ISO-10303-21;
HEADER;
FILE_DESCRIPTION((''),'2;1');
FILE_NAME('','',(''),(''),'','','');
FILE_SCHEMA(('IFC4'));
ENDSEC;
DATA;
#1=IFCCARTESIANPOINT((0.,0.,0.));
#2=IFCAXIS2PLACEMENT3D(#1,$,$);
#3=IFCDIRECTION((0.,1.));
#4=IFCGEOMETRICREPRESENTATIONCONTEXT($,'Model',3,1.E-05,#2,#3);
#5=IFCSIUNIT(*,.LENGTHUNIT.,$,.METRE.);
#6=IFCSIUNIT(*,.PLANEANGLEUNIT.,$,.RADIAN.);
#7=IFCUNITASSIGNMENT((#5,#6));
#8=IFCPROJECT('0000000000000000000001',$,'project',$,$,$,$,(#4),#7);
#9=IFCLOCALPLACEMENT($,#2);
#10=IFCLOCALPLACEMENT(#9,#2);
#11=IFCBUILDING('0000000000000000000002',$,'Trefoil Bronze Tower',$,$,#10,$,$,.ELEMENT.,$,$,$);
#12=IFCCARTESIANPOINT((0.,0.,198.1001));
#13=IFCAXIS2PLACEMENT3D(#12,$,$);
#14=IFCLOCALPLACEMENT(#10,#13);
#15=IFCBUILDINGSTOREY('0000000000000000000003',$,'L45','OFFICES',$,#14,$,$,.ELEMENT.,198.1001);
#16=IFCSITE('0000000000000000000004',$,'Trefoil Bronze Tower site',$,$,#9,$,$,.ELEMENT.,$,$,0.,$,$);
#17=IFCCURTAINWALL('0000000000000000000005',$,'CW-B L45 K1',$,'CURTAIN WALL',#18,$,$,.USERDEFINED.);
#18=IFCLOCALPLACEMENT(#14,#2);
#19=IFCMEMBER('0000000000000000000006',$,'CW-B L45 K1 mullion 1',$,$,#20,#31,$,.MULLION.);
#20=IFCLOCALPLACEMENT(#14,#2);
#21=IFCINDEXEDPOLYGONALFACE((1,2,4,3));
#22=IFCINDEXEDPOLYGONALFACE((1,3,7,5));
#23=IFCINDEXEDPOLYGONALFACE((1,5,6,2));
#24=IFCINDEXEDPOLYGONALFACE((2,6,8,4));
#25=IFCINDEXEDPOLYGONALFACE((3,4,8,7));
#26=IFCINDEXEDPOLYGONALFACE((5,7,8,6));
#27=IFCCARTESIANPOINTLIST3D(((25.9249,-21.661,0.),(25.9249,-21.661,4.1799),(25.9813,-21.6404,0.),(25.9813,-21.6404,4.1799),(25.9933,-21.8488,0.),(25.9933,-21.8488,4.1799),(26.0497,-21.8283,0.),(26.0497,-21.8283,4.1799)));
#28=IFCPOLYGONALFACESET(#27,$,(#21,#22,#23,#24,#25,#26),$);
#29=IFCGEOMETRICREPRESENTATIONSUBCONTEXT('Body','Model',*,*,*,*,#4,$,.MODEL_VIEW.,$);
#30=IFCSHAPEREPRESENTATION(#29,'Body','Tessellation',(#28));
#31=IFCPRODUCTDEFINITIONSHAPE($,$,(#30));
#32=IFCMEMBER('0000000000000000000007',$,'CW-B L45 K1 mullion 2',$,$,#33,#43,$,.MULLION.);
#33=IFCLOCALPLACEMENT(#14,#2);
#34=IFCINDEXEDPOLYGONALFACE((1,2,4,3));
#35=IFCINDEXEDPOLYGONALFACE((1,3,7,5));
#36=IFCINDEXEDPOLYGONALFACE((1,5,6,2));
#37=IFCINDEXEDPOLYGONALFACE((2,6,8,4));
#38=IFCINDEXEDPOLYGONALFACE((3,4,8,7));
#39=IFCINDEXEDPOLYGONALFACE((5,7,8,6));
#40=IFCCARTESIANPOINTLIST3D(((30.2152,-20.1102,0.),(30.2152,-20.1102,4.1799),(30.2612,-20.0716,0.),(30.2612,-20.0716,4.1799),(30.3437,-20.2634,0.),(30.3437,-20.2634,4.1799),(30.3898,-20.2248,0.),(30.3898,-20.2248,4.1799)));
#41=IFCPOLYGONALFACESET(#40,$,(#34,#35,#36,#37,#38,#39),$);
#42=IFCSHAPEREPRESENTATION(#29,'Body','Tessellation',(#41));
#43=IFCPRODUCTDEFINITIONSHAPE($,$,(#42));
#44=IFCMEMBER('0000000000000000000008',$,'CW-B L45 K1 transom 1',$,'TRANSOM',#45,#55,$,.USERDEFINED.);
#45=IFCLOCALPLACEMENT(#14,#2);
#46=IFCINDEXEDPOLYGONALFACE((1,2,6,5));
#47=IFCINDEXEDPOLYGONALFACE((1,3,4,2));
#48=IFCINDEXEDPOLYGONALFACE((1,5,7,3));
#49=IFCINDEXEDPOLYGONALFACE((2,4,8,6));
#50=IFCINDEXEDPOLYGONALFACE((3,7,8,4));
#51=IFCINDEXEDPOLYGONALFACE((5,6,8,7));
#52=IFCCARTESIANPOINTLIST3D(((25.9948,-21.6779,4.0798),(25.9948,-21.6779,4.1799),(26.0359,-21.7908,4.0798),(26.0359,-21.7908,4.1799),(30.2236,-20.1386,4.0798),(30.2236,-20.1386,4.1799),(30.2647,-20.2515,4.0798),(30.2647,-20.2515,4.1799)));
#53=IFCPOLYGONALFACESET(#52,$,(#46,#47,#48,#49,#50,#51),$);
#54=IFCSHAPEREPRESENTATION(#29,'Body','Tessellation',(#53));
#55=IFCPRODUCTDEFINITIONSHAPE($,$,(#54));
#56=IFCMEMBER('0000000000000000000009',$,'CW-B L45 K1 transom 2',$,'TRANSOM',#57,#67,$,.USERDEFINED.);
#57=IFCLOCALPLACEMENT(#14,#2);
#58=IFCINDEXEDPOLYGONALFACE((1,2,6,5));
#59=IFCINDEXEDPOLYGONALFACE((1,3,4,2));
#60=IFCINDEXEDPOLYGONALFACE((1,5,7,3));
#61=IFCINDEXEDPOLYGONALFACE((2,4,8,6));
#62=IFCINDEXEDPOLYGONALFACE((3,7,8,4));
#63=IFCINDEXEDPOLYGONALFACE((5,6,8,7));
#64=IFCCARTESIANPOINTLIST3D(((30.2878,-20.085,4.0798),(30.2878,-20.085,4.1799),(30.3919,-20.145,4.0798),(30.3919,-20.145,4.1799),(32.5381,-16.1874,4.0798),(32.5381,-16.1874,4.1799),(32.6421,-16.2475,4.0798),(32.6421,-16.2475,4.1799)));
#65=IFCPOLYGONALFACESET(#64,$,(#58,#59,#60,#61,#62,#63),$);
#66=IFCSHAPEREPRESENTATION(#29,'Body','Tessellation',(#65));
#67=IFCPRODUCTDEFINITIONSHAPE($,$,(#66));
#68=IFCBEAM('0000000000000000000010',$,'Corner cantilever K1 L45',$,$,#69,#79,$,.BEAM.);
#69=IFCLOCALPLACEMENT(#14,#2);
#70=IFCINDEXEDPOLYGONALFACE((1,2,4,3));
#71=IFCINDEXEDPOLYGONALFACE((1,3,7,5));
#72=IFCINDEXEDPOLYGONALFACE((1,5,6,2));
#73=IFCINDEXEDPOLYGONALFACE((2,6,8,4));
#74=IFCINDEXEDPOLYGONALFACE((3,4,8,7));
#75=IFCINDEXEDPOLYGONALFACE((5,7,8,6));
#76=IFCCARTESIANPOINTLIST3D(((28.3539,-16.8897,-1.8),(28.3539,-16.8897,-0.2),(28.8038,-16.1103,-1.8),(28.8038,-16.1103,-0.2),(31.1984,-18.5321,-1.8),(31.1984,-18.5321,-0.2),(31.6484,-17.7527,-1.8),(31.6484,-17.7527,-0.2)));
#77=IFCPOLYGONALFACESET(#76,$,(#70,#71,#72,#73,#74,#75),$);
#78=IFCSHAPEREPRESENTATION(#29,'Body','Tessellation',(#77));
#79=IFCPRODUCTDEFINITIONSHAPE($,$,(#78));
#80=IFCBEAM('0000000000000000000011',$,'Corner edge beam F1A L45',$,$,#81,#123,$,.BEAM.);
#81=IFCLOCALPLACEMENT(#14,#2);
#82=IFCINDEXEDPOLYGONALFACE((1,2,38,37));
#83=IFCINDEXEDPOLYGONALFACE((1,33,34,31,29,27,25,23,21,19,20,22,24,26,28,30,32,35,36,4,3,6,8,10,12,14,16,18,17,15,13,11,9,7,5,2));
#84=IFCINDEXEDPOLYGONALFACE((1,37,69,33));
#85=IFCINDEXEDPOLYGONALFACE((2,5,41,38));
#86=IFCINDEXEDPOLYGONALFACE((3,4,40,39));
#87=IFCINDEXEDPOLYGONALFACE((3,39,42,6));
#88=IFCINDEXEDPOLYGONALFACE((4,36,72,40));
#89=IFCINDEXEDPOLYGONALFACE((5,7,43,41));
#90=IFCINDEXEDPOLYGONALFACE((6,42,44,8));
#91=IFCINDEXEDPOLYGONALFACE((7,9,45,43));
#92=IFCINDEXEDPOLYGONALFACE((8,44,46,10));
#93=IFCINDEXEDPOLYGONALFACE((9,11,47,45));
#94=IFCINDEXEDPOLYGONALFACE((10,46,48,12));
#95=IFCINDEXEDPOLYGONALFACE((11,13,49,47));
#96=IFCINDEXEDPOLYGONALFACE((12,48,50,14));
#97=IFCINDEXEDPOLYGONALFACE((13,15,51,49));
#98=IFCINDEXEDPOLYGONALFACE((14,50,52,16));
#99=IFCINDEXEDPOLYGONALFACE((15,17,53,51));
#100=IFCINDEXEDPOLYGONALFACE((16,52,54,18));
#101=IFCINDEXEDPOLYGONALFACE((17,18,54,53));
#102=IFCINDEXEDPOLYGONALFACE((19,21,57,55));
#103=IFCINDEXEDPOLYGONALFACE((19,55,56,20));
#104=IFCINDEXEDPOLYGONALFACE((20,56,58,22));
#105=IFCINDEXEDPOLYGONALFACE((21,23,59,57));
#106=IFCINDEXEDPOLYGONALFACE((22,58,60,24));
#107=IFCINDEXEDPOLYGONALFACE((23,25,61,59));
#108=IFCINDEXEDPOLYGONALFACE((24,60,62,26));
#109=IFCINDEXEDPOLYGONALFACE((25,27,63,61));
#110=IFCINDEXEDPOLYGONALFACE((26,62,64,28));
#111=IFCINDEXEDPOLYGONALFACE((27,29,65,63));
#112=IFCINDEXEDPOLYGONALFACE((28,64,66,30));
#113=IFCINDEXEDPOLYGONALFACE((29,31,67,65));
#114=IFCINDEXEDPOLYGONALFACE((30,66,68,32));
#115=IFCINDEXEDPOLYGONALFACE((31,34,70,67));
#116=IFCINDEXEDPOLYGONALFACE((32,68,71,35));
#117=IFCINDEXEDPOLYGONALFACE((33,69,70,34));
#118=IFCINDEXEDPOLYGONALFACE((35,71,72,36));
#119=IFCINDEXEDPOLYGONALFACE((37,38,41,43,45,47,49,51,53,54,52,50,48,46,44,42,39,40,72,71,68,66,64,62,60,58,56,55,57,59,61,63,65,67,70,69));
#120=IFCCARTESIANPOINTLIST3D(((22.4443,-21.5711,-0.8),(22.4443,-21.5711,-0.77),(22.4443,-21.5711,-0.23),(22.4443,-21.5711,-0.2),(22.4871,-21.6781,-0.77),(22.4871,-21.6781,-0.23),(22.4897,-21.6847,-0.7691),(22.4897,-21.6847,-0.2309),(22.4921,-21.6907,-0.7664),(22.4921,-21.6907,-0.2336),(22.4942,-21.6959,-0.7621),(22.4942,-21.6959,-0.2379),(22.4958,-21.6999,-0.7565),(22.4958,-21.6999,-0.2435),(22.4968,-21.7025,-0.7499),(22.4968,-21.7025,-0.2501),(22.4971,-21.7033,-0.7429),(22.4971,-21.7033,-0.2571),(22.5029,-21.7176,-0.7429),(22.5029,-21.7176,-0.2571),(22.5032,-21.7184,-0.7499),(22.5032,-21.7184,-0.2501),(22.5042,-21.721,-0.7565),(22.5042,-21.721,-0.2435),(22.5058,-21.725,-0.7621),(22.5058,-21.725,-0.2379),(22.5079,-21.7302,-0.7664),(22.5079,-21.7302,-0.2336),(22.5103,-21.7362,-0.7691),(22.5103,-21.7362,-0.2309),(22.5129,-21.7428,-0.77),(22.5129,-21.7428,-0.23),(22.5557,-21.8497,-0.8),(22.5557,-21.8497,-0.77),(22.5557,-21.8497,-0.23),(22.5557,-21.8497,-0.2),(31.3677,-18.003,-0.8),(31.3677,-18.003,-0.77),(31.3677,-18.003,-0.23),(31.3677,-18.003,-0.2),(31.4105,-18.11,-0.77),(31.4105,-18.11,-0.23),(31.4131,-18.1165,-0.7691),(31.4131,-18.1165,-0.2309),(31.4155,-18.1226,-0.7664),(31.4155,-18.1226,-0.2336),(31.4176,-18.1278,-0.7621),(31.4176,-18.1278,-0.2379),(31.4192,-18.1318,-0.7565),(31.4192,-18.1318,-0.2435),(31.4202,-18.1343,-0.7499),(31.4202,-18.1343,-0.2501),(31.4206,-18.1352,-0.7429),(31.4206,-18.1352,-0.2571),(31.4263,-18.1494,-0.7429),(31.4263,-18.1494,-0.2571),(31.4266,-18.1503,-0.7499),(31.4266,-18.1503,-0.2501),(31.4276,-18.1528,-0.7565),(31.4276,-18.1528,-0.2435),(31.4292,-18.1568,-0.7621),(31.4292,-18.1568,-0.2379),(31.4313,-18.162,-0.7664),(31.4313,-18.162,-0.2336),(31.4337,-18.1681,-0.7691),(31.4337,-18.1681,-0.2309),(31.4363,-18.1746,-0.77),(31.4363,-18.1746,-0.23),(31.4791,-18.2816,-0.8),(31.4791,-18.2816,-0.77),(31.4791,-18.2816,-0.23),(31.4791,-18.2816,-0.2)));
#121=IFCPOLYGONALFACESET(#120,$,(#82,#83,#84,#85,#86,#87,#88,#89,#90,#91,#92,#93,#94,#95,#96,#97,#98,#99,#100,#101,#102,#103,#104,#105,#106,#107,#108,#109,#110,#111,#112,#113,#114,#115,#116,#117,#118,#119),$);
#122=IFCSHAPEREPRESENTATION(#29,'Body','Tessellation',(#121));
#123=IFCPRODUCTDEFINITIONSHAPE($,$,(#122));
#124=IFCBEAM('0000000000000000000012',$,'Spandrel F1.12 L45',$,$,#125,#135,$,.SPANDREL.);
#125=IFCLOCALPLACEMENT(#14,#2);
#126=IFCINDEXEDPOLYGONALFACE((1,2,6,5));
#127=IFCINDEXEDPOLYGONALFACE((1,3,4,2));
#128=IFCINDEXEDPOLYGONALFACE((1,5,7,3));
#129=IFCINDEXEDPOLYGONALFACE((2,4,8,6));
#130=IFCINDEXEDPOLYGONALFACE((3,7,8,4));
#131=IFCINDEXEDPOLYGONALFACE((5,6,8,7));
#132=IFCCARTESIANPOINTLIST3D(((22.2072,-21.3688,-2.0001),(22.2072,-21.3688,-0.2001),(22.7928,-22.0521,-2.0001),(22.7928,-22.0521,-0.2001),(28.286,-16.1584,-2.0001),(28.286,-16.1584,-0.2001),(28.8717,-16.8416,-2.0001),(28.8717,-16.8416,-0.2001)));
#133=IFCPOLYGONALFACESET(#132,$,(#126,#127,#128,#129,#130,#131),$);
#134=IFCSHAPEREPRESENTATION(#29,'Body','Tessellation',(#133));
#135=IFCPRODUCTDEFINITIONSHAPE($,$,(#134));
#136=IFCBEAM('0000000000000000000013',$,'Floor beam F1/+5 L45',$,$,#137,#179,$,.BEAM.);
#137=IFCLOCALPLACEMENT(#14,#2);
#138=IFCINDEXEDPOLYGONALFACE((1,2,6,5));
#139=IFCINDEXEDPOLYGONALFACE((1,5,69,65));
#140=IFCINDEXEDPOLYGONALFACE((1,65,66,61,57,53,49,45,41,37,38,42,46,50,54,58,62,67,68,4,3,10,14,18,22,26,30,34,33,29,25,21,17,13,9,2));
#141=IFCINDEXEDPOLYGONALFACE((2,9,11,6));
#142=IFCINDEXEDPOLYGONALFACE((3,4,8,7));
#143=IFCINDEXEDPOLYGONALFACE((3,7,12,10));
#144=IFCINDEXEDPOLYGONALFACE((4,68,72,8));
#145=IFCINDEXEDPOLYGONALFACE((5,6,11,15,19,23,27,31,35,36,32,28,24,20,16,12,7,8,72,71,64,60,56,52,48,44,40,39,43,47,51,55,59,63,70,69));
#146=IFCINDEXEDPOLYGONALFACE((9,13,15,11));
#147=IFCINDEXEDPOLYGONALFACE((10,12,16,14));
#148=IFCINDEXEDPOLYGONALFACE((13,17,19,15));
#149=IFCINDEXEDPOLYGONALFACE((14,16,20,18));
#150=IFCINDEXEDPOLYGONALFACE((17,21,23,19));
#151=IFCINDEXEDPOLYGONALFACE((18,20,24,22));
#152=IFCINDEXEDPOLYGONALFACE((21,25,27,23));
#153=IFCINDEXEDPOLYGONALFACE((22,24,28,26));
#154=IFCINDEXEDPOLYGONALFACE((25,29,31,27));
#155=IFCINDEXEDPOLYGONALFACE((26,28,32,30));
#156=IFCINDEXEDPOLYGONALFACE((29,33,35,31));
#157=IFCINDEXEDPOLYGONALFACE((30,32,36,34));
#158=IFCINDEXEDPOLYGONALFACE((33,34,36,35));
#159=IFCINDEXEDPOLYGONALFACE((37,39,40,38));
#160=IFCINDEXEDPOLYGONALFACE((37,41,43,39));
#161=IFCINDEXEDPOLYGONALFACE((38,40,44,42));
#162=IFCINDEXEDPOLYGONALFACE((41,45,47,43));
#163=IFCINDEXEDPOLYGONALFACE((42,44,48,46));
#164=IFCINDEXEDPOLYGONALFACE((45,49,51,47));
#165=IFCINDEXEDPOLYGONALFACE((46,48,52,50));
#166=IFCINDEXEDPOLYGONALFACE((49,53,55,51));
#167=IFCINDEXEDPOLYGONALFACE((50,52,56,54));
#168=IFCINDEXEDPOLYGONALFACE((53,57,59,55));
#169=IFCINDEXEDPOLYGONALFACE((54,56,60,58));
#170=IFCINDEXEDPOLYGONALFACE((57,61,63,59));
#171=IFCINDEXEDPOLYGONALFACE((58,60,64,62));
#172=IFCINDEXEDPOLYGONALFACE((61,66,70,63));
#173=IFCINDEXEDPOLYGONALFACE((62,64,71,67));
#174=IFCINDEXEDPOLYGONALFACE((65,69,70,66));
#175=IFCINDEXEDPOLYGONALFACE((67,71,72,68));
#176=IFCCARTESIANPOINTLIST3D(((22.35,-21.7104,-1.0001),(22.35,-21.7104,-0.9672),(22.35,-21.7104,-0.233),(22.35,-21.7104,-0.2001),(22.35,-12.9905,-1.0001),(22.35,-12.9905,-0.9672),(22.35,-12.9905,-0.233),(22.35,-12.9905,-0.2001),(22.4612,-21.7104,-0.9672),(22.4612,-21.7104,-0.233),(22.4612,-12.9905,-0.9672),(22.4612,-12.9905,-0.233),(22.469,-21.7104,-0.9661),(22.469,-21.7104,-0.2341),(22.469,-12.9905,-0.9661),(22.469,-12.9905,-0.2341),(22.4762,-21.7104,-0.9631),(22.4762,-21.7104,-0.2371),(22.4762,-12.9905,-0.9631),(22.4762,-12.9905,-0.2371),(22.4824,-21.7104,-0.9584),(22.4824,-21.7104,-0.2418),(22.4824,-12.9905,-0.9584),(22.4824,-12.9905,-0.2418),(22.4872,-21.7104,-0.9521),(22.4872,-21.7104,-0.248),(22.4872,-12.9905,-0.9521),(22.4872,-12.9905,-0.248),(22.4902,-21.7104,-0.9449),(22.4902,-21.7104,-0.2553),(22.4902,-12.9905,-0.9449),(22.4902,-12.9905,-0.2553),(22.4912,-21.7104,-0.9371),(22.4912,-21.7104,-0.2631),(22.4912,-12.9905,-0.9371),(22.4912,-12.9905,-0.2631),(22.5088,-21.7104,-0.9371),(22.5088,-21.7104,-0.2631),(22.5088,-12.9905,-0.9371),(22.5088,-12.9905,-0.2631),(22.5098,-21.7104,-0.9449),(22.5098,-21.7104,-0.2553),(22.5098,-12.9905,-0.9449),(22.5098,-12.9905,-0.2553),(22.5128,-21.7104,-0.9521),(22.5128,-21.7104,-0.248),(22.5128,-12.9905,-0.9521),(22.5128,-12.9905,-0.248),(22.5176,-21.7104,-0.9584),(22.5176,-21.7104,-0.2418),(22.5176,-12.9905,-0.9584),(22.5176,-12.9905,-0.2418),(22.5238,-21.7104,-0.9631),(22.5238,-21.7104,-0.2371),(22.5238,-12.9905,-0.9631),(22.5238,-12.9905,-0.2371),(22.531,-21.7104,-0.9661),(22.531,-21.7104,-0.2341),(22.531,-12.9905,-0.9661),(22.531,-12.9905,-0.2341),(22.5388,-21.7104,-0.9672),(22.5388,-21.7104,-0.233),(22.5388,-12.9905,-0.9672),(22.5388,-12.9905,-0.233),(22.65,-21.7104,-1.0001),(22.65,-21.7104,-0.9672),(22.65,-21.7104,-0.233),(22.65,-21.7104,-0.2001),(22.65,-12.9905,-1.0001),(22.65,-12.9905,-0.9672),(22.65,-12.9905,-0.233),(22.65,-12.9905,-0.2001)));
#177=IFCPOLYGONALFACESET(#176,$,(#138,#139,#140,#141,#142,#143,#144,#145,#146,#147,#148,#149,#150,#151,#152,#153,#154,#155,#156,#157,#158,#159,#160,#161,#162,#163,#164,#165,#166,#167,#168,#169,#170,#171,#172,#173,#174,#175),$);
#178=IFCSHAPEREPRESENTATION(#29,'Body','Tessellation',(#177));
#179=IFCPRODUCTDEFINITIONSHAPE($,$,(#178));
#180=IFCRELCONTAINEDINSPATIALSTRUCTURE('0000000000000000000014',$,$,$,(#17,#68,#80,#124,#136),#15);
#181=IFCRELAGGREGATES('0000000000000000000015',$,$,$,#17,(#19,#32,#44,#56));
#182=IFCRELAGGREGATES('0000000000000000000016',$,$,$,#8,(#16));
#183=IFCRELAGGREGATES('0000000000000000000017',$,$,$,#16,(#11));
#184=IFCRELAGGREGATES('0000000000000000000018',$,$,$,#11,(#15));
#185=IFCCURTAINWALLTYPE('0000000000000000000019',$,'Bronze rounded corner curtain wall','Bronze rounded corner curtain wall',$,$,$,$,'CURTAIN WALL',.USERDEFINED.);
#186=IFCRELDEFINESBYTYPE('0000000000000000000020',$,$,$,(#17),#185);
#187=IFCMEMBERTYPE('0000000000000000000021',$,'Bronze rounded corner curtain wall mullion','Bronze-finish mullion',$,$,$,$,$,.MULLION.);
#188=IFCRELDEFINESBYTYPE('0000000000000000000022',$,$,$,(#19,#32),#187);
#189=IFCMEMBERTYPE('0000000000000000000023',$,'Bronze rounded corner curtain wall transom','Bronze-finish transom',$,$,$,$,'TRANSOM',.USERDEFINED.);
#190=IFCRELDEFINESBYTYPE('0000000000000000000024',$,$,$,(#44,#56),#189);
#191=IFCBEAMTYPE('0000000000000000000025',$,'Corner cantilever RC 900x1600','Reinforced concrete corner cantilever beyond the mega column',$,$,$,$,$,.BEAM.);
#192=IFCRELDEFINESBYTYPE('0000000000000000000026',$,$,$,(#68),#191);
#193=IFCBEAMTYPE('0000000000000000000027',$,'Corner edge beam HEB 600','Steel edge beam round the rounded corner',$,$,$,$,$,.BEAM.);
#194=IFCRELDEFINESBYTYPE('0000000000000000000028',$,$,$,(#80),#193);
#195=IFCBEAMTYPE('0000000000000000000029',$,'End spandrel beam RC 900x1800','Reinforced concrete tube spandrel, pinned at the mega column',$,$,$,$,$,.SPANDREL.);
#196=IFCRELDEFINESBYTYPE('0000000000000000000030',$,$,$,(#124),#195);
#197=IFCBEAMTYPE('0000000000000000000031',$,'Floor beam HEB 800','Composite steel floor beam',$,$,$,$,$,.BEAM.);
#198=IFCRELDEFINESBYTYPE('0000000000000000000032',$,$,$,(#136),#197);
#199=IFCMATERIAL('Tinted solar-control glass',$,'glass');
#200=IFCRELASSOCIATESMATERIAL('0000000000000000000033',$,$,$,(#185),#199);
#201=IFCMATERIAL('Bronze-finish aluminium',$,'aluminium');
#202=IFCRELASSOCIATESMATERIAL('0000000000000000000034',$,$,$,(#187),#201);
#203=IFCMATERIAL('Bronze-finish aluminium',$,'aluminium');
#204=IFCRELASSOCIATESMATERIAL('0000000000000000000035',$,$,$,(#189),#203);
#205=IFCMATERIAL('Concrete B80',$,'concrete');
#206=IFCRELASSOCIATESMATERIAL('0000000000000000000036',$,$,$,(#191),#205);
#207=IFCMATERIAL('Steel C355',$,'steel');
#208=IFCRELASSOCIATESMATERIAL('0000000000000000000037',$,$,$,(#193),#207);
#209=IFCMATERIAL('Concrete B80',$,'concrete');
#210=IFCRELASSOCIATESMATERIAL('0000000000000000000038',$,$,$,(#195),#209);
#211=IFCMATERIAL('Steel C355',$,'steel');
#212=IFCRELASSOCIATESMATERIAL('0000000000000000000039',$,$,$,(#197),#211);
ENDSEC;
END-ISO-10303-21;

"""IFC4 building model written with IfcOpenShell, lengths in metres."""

from ifc_helpers import new_model, si_unit, direction, frame, origin, origin_2d, place, context, subcontext, project, spatial, rectangle, i_section, extrude, material, material_profile, profile_set, type_object, element, aggregate, save


model = new_model("IFC4")

# Units and contexts
model_context = context("Model", 3, precision=1e-05, world=origin(), true_north=direction((0.0, 1.0)))
body_context = subcontext(model_context, "Body", "Model", "MODEL_VIEW")
ifc_project = project(units=[si_unit("LENGTHUNIT", "METRE"), si_unit("PLANEANGLEUNIT", "RADIAN")], contexts=[model_context])

# Site, building, storey
site_placement = place(None, origin())
site = spatial("IfcSite", under=ifc_project, at=site_placement, Name="Trefoil Bronze Tower site", CompositionType="ELEMENT", RefElevation=0.0)
building_placement = place(site_placement, origin())
building = spatial("IfcBuilding", under=site, at=building_placement, Name="Trefoil Bronze Tower", CompositionType="ELEMENT")
storey_placement = place(building_placement, frame((0.0, 0.0, 198.1001)))
storey = spatial("IfcBuildingStorey", under=building, at=storey_placement, Name="L45", Description="OFFICES", CompositionType="ELEMENT", Elevation=198.1001)

# Curtain wall, members
ifc_material_1 = material(Name="Tinted solar-control glass", Category="glass")
curtain_wall_type_1 = type_object("IfcCurtainWallType", Name="Bronze rounded corner curtain wall", Description="Bronze rounded corner curtain wall", ElementType="CURTAIN WALL", PredefinedType="USERDEFINED", material=ifc_material_1)
curtain_wall_1_placement = place(storey_placement, origin())
curtain_wall_1 = element("IfcCurtainWall", 1, at=curtain_wall_1_placement, inside=storey, type_object=curtain_wall_type_1, Name="CW-B L45 K1", ObjectType="CURTAIN WALL", PredefinedType="USERDEFINED")
ifc_material_2 = material(Name="Bronze-finish aluminium", Category="aluminium")
ifc_material_profile_1 = material_profile(ifc_material_2, rectangle(XDim=0.2, YDim=0.0601, at=origin_2d()), Name="CW-B mullion")
ifc_profile_set_1 = profile_set([ifc_material_profile_1], Name="Bronze-finish aluminium")
member_type_1 = type_object("IfcMemberType", Name="Bronze rounded corner curtain wall mullion", Description="Bronze-finish mullion", PredefinedType="MULLION", material=ifc_profile_set_1)
member_1_placement = place(storey_placement, frame((25.9873, -21.7446, 0.0), z_axis=(0.0, 0.0, 1.0), x_axis=(-0.34202, 0.939693, 0.0)))
member_1 = element("IfcMember", 2, at=member_1_placement, type_object=member_type_1, Name="CW-B L45 K1 mullion 1", PredefinedType="MULLION", context=body_context, shape_type="SweptSolid", body=[
    extrude(rectangle(XDim=0.2, YDim=0.0601, at=origin_2d()), origin(), (0.0, 0.0, 1.0), 4.1799),
])
member_2_placement = place(storey_placement, frame((30.3025, -20.1675, 0.0), z_axis=(0.0, 0.0, 1.0), x_axis=(-0.642788, 0.766044, 0.0)))
member_2 = element("IfcMember", 3, at=member_2_placement, type_object=member_type_1, Name="CW-B L45 K1 mullion 2", PredefinedType="MULLION", context=body_context, shape_type="SweptSolid", body=[
    extrude(rectangle(XDim=0.2, YDim=0.0601, at=origin_2d()), origin(), (0.0, 0.0, 1.0), 4.1799),
])
ifc_material_3 = material(Name="Bronze-finish aluminium", Category="aluminium")
ifc_material_profile_2 = material_profile(ifc_material_3, rectangle(XDim=0.1201, YDim=0.1001, at=origin_2d()), Name="CW-B transom")
ifc_profile_set_2 = profile_set([ifc_material_profile_2], Name="Bronze-finish aluminium")
member_type_2 = type_object("IfcMemberType", Name="Bronze rounded corner curtain wall transom", Description="Bronze-finish transom", ElementType="TRANSOM", PredefinedType="USERDEFINED", material=ifc_profile_set_2)
member_3_placement = place(storey_placement, frame((26.0154, -21.7344, 4.1299), z_axis=(0.939681, 0.342052, 0.0), x_axis=(-0.342052, 0.939681, 0.0)))
member_3 = element("IfcMember", 4, at=member_3_placement, type_object=member_type_2, Name="CW-B L45 K1 transom 1", ObjectType="TRANSOM", PredefinedType="USERDEFINED", context=body_context, shape_type="SweptSolid", body=[
    extrude(rectangle(XDim=0.1201, YDim=0.1001, at=origin_2d()), origin(), (0.0, 0.0, 1.0), 4.5002),
])
member_4_placement = place(storey_placement, frame((30.3398, -20.115, 4.1299), z_axis=(0.500007, 0.866021, 0.0), x_axis=(-0.866021, 0.500007, 0.0)))
member_4 = element("IfcMember", 5, at=member_4_placement, type_object=member_type_2, Name="CW-B L45 K1 transom 2", ObjectType="TRANSOM", PredefinedType="USERDEFINED", context=body_context, shape_type="SweptSolid", body=[
    extrude(rectangle(XDim=0.1201, YDim=0.1001, at=origin_2d()), origin(), (0.0, 0.0, 1.0), 4.5005),
])

# Beams
ifc_material_4 = material(Name="Concrete B80", Category="concrete")
ifc_material_profile_3 = material_profile(ifc_material_4, rectangle(XDim=0.8999, YDim=1.6001, at=origin_2d()), Name="RC 900x1600")
ifc_profile_set_3 = profile_set([ifc_material_profile_3], Name="Concrete B80")
beam_type_1 = type_object("IfcBeamType", Name="Corner cantilever RC 900x1600", Description="Reinforced concrete corner cantilever beyond the mega column", PredefinedType="BEAM", material=ifc_profile_set_3)
beam_1_placement = place(storey_placement, frame((28.5789, -16.5, -1.0), z_axis=(0.866016, -0.500016, 0.0), x_axis=(0.500016, 0.866016, 0.0)))
element("IfcBeam", 6, at=beam_1_placement, inside=storey, type_object=beam_type_1, Name="Corner cantilever K1 L45", PredefinedType="BEAM", context=body_context, shape_type="SweptSolid", body=[
    extrude(rectangle(XDim=0.8999, YDim=1.6001, at=origin_2d()), origin(), (0.0, 0.0, 1.0), 3.2847),
])
ifc_material_5 = material(Name="Steel C355", Category="steel")
ifc_material_profile_4 = material_profile(ifc_material_5, i_section(OverallWidth=0.3, OverallDepth=0.6001, WebThickness=0.0154, FlangeThickness=0.03, FilletRadius=0.0271, at=origin_2d()), Name="HEB 600")
ifc_profile_set_4 = profile_set([ifc_material_profile_4], Name="Steel C355")
beam_type_2 = type_object("IfcBeamType", Name="Corner edge beam HEB 600", Description="Steel edge beam round the rounded corner", PredefinedType="BEAM", material=ifc_profile_set_4)
beam_2_placement = place(storey_placement, frame((22.5, -21.7104, -0.5), z_axis=(0.92852, 0.371281, 0.0), x_axis=(-0.371281, 0.92852, 0.0)))
element("IfcBeam", 7, at=beam_2_placement, inside=storey, type_object=beam_type_2, Name="Corner edge beam F1A L45", PredefinedType="BEAM", context=body_context, shape_type="SweptSolid", body=[
    extrude(i_section(OverallWidth=0.3, OverallDepth=0.6001, WebThickness=0.0154, FlangeThickness=0.03, FilletRadius=0.0271, at=origin_2d()), origin(), (0.0, 0.0, 1.0), 9.6104),
])
ifc_material_6 = material(Name="Concrete B80", Category="concrete")
ifc_material_profile_5 = material_profile(ifc_material_6, rectangle(XDim=0.8999, YDim=1.8, at=origin_2d()), Name="RC 900x1800")
ifc_profile_set_5 = profile_set([ifc_material_profile_5], Name="Concrete B80")
beam_type_3 = type_object("IfcBeamType", Name="End spandrel beam RC 900x1800", Description="Reinforced concrete tube spandrel, pinned at the mega column", PredefinedType="SPANDREL", material=ifc_profile_set_5)
beam_3_placement = place(storey_placement, frame((22.5, -21.7104, -1.1001), z_axis=(0.759257, 0.650791, 0.0), x_axis=(-0.650791, 0.759257, 0.0)))
element("IfcBeam", 8, at=beam_3_placement, inside=storey, type_object=beam_type_3, Name="Spandrel F1.12 L45", PredefinedType="SPANDREL", context=body_context, shape_type="SweptSolid", body=[
    extrude(rectangle(XDim=0.8999, YDim=1.8, at=origin_2d()), origin(), (0.0, 0.0, 1.0), 8.0063),
])
ifc_material_7 = material(Name="Steel C355", Category="steel")
ifc_material_profile_6 = material_profile(ifc_material_7, i_section(OverallWidth=0.3, OverallDepth=0.8, WebThickness=0.0176, FlangeThickness=0.033, FilletRadius=0.03, at=origin_2d()), Name="HEB 800")
ifc_profile_set_6 = profile_set([ifc_material_profile_6], Name="Steel C355")
beam_type_4 = type_object("IfcBeamType", Name="Floor beam HEB 800", Description="Composite steel floor beam", PredefinedType="BEAM", material=ifc_profile_set_6)
beam_4_placement = place(storey_placement, frame((22.5, -21.7104, -0.6001), z_axis=(0.0, 1.0, 0.0), x_axis=(-1.0, 0.0, 0.0)))
element("IfcBeam", 9, at=beam_4_placement, inside=storey, type_object=beam_type_4, Name="Floor beam F1/+5 L45", PredefinedType="BEAM", context=body_context, shape_type="SweptSolid", body=[
    extrude(i_section(OverallWidth=0.3, OverallDepth=0.8, WebThickness=0.0176, FlangeThickness=0.033, FilletRadius=0.03, at=origin_2d()), origin(), (0.0, 0.0, 1.0), 8.72),
])

aggregate(curtain_wall_1, [member_1, member_2, member_3, member_4])

save(model, "model.ifc")
